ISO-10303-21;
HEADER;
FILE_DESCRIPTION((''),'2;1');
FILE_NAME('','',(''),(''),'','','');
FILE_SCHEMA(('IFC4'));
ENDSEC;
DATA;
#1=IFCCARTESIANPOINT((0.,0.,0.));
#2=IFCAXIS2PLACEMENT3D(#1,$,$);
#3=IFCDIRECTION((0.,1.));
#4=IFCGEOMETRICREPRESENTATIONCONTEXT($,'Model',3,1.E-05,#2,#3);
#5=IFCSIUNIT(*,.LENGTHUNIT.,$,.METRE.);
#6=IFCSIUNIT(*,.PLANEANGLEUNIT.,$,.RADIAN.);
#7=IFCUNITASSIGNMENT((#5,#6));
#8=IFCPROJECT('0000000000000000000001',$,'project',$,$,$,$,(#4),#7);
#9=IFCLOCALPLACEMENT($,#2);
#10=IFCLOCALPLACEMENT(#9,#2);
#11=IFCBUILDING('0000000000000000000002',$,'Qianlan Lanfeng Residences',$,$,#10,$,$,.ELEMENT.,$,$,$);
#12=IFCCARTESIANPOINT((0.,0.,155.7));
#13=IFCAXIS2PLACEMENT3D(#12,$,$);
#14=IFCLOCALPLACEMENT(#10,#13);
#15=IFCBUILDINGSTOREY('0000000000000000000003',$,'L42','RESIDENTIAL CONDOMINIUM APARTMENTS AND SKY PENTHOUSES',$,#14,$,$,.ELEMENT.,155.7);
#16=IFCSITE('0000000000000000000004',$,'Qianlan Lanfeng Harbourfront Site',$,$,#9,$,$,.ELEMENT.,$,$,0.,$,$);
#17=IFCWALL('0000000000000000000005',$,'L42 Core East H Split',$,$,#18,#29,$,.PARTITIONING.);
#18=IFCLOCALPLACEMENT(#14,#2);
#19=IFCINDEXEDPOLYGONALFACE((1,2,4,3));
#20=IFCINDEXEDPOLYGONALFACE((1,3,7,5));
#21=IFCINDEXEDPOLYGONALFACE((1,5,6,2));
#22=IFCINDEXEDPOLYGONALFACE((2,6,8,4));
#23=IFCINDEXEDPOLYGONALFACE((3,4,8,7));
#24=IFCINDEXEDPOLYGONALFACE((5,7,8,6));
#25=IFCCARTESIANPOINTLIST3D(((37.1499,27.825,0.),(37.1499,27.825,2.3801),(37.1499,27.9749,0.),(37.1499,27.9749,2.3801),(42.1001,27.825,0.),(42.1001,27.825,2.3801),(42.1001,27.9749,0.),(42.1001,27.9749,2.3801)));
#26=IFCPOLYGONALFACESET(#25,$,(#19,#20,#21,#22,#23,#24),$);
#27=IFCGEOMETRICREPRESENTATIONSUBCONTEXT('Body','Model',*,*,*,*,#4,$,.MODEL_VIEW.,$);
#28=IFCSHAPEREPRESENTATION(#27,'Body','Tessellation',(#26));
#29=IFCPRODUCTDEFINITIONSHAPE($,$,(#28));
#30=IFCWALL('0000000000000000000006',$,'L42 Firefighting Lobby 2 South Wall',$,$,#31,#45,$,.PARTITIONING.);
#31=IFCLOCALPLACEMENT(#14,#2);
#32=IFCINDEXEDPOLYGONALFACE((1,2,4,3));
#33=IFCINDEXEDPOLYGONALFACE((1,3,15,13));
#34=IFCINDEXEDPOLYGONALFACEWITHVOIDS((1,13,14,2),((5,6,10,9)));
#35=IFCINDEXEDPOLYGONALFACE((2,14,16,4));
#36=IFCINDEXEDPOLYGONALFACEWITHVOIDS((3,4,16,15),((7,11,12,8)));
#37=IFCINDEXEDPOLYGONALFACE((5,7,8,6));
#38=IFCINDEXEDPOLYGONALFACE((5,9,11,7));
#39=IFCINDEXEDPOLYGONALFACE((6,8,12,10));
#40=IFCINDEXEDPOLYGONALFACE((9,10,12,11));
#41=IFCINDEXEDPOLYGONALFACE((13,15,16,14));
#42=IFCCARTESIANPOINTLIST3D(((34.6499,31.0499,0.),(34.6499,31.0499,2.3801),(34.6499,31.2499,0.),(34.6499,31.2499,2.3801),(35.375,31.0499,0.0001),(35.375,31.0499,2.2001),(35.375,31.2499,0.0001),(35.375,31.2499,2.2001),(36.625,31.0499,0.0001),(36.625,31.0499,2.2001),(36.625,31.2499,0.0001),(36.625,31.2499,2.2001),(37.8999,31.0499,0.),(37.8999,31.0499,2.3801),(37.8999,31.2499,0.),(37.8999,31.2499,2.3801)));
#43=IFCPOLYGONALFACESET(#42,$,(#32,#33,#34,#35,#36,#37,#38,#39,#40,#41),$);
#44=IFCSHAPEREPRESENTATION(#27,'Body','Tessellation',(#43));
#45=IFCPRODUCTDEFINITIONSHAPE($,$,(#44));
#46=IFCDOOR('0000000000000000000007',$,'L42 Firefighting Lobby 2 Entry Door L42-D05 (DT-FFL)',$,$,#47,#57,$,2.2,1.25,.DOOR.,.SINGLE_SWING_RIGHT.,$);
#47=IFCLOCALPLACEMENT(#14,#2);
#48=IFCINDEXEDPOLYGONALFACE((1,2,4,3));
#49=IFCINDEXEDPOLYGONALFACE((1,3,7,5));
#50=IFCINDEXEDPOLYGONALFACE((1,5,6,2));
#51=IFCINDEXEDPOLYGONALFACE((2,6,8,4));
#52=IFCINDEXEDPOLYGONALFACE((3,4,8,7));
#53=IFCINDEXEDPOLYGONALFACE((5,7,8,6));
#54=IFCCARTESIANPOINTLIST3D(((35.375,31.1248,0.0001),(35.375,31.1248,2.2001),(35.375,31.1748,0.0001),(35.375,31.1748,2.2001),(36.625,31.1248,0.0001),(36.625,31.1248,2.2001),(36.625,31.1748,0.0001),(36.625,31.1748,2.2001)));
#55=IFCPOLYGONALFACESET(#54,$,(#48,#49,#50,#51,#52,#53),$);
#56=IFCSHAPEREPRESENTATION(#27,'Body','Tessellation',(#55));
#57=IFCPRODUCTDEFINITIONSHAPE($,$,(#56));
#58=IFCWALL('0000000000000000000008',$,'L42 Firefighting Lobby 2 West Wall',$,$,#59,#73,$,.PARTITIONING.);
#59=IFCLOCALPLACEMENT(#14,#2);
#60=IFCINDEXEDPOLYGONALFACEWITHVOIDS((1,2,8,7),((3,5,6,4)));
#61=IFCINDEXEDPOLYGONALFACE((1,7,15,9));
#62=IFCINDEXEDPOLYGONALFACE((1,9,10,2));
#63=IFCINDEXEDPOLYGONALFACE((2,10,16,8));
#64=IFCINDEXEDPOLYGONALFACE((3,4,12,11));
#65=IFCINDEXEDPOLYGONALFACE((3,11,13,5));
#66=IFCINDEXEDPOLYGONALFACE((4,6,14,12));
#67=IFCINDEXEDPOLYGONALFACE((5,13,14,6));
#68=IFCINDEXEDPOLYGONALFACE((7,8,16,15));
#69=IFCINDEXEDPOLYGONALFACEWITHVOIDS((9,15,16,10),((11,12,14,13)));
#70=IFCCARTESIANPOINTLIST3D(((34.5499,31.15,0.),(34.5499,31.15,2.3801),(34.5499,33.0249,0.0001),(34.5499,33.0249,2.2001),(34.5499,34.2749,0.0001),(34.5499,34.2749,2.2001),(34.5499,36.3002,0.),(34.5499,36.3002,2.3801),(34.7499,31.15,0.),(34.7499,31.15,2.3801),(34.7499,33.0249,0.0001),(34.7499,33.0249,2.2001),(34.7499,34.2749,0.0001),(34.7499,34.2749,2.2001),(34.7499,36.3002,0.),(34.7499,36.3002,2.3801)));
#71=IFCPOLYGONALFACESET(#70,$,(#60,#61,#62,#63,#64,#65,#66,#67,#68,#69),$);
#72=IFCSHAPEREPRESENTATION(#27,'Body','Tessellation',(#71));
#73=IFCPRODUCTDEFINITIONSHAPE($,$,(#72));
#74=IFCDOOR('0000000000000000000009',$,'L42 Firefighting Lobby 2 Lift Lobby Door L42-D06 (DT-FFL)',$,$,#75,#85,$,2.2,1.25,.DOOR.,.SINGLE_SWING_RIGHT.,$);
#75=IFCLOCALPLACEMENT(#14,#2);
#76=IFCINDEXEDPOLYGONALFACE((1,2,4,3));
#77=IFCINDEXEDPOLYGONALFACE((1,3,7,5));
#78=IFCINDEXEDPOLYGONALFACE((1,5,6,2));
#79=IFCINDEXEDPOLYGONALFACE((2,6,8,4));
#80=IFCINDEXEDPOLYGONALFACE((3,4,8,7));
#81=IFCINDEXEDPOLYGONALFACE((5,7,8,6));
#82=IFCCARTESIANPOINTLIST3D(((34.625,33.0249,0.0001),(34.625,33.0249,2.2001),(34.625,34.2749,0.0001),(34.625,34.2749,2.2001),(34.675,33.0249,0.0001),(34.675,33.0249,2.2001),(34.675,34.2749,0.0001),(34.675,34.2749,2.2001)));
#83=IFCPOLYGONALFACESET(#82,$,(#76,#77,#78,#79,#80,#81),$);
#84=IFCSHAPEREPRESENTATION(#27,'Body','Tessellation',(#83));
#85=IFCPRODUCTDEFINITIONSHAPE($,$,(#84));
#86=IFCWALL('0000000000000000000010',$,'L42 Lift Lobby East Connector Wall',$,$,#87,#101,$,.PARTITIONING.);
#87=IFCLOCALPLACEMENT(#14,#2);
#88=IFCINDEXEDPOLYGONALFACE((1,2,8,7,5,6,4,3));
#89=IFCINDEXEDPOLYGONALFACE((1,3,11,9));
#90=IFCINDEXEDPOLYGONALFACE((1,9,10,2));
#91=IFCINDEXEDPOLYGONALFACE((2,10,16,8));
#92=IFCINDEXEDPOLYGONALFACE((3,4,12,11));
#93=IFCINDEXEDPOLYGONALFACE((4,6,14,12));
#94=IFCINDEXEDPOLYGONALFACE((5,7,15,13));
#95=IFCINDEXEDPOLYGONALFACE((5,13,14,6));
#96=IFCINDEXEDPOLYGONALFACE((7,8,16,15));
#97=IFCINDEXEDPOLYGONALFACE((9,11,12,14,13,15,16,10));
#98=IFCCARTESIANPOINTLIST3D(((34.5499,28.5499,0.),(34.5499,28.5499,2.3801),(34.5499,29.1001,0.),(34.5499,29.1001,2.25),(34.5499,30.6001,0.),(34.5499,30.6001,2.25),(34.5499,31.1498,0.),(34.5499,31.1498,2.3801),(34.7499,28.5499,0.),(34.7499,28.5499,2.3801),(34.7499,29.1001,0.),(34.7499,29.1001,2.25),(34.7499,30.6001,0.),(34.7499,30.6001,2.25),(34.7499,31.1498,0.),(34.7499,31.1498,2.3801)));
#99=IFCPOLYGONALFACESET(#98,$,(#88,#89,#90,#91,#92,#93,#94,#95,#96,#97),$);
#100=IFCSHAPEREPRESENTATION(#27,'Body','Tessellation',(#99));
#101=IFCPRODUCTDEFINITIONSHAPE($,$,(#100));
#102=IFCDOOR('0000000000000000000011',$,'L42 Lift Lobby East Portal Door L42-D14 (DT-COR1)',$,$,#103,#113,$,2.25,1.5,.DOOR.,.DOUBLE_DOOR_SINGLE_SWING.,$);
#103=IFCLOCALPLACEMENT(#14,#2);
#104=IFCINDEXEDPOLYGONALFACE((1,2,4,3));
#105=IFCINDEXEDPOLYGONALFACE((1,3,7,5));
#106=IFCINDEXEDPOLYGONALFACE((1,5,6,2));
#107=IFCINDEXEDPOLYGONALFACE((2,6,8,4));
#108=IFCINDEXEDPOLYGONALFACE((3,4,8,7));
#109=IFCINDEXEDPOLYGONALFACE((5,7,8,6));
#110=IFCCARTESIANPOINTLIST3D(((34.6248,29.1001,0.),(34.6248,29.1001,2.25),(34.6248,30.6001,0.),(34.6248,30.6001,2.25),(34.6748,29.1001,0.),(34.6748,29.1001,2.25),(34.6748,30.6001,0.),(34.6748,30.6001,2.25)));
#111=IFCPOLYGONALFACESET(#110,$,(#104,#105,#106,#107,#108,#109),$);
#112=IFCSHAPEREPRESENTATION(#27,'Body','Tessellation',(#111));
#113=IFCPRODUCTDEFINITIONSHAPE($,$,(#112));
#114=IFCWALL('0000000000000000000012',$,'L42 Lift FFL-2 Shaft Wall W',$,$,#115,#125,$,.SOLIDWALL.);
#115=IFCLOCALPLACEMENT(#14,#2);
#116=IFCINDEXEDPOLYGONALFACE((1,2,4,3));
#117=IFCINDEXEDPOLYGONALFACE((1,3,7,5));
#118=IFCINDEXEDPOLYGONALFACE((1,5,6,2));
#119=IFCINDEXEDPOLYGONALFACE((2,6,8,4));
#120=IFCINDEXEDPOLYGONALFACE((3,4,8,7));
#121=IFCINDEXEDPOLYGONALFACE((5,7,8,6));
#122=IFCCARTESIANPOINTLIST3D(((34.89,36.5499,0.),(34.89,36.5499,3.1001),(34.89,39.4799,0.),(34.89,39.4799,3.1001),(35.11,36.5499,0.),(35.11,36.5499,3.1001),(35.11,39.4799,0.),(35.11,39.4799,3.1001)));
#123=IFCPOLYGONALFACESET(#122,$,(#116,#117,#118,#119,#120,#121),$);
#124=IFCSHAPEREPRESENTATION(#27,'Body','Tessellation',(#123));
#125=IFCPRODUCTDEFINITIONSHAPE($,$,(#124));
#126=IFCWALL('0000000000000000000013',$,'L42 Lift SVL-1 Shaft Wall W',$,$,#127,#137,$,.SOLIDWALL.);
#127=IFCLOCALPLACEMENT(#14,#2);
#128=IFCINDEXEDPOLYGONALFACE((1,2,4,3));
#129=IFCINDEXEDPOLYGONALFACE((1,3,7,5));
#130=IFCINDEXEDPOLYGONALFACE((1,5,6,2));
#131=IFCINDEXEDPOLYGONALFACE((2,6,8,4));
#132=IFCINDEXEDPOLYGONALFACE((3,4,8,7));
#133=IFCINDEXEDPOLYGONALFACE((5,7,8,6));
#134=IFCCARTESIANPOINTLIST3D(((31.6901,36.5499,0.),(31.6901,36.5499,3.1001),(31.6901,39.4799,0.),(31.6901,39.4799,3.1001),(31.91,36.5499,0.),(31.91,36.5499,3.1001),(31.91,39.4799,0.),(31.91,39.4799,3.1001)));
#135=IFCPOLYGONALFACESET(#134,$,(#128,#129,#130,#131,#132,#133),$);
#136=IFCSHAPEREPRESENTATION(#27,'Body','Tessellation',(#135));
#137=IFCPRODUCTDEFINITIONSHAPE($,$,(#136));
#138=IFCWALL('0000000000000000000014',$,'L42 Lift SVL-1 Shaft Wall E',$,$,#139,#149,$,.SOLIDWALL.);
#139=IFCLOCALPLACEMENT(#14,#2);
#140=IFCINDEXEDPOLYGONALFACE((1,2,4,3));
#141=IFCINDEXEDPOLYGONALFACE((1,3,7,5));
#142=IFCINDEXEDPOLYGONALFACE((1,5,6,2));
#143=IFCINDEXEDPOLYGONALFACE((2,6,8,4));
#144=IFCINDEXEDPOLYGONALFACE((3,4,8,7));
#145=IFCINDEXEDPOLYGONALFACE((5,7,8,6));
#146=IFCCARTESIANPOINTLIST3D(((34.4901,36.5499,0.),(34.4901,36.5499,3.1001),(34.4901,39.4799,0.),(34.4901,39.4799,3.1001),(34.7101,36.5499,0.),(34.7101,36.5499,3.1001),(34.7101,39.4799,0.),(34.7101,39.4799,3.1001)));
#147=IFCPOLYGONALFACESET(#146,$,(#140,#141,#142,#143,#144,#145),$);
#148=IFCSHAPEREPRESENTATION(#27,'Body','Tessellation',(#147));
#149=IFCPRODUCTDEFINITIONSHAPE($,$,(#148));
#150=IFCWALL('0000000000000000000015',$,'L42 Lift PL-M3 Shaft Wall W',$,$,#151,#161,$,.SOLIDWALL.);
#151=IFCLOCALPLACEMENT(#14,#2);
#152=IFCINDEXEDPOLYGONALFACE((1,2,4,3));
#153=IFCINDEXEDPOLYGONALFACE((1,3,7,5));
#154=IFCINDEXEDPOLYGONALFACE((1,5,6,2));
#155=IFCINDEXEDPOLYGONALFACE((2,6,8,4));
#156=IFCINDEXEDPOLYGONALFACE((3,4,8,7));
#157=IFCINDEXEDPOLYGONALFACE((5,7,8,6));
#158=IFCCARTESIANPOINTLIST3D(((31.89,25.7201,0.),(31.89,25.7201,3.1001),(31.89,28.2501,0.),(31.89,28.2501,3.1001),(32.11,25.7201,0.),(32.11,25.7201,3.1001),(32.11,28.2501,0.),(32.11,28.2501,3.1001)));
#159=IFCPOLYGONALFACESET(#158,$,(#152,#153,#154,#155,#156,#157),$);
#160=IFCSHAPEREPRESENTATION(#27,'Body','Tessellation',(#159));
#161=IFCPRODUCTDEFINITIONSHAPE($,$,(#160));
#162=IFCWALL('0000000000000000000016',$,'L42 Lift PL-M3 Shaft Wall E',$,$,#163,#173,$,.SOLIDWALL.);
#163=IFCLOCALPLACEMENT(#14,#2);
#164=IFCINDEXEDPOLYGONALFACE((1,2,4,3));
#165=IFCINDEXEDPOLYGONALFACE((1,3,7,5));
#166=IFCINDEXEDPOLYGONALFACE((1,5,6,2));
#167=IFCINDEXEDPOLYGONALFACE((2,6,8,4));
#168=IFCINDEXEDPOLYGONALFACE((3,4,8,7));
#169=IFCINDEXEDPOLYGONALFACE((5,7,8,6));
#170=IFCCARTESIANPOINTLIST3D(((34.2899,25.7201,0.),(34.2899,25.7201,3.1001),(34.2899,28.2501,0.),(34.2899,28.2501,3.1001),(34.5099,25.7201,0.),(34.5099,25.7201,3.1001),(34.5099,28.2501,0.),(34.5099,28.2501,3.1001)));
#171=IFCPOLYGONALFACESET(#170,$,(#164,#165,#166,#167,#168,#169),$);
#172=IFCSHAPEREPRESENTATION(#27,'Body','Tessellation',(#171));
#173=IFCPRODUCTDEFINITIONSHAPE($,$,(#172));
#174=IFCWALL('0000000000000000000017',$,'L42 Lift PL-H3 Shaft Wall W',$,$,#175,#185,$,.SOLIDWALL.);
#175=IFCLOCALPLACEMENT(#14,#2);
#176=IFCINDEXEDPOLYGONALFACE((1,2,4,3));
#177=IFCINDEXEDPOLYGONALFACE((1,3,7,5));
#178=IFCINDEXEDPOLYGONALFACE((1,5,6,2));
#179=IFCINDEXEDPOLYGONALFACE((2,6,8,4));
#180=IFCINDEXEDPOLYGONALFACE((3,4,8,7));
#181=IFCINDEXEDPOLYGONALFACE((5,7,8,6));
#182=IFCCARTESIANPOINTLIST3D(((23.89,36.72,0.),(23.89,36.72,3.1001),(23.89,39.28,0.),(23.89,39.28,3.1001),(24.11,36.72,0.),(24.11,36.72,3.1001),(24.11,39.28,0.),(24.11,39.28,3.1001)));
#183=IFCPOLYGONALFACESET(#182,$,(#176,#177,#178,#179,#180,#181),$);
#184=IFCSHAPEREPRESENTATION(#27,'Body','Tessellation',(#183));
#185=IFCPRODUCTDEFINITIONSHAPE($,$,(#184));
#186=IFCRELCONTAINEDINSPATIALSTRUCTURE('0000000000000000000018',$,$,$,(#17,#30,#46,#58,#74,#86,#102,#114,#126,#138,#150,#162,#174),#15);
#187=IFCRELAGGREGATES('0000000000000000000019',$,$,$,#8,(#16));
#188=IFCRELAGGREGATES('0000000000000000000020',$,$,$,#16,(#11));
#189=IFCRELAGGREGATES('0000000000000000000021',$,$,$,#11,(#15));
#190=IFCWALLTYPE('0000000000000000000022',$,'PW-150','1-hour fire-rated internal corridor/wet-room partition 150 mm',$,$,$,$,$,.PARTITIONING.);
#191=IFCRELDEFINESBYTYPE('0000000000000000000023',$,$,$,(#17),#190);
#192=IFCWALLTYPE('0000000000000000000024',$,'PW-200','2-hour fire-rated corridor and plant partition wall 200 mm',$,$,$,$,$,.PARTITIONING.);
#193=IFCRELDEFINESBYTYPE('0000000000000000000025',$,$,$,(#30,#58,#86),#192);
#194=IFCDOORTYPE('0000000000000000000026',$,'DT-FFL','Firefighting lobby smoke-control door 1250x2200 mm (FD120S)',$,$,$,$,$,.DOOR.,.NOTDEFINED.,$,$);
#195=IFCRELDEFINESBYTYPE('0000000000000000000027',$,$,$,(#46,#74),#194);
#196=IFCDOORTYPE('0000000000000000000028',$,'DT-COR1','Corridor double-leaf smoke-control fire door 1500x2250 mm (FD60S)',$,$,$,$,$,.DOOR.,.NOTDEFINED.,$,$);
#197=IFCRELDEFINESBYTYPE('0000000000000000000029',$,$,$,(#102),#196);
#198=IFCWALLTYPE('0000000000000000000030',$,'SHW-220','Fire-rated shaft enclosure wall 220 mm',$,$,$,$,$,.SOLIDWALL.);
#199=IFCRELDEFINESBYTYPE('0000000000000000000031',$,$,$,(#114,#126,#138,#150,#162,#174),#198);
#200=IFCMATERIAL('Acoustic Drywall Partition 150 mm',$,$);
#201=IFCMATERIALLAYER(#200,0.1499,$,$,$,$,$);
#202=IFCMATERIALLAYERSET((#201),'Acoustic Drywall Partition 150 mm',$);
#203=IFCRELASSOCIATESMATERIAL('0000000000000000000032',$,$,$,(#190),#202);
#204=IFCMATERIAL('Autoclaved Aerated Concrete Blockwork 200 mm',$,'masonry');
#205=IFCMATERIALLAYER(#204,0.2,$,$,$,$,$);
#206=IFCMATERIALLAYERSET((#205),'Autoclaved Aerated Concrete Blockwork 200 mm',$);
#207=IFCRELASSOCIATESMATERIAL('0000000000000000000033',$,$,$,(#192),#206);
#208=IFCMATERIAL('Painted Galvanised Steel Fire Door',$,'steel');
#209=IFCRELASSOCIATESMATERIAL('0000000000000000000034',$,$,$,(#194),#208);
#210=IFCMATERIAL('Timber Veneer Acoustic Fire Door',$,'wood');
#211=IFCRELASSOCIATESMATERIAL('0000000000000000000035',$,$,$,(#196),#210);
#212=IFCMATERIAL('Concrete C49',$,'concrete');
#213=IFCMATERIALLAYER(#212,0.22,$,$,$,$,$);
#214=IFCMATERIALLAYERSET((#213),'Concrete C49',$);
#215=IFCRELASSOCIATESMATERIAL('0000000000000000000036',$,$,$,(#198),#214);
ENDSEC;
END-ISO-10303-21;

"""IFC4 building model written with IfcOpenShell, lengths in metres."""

from ifc_helpers import new_model, si_unit, direction, frame, frame_2d, origin, place, context, subcontext, project, spatial, rectangle, extrude, material, layer, layer_set, type_object, element, fill, save


model = new_model("IFC4")

# Units and contexts
model_context = context("Model", 3, precision=1e-05, world=origin(), true_north=direction((0.0, 1.0)))
body_context = subcontext(model_context, "Body", "Model", "MODEL_VIEW")
ifc_project = project(units=[si_unit("LENGTHUNIT", "METRE"), si_unit("PLANEANGLEUNIT", "RADIAN")], contexts=[model_context])

# Site, building, storey
site_placement = place(None, origin())
site = spatial("IfcSite", under=ifc_project, at=site_placement, Name="Qianlan Lanfeng Harbourfront Site", CompositionType="ELEMENT", RefElevation=0.0)
building_placement = place(site_placement, origin())
building = spatial("IfcBuilding", under=site, at=building_placement, Name="Qianlan Lanfeng Residences", CompositionType="ELEMENT")
storey_placement = place(building_placement, frame((0.0, 0.0, 155.7)))
storey = spatial("IfcBuildingStorey", under=building, at=storey_placement, Name="L42", Description="RESIDENTIAL CONDOMINIUM APARTMENTS AND SKY PENTHOUSES", CompositionType="ELEMENT", Elevation=155.7)

# Wall
ifc_material_1 = material(Name="Acoustic Drywall Partition 150 mm")
ifc_layer_1 = layer(ifc_material_1, 0.1499)
ifc_layer_set_1 = layer_set([ifc_layer_1], Name="Acoustic Drywall Partition 150 mm")
wall_type_1 = type_object("IfcWallType", Name="PW-150", Description="1-hour fire-rated internal corridor/wet-room partition 150 mm", PredefinedType="PARTITIONING", material=ifc_layer_set_1)
wall_1_placement = place(storey_placement, frame((37.1499, 27.8999, 0.0), z_axis=(0.0, 0.0, 1.0), x_axis=(1.0, 0.0, 0.0)))
element("IfcWall", 1, at=wall_1_placement, inside=storey, type_object=wall_type_1, Name="L42 Core East H Split", PredefinedType="PARTITIONING", context=body_context, shape_type="SweptSolid", body=[
    extrude(rectangle(XDim=4.9502, YDim=0.1499, at=frame_2d((2.4751, 0.0))), origin(), (0.0, 0.0, 1.0), 2.3801),
])

# Walls, openings, doors
ifc_material_2 = material(Name="Autoclaved Aerated Concrete Blockwork 200 mm", Category="masonry")
ifc_layer_2 = layer(ifc_material_2, 0.2)
ifc_layer_set_2 = layer_set([ifc_layer_2], Name="Autoclaved Aerated Concrete Blockwork 200 mm")
wall_type_2 = type_object("IfcWallType", Name="PW-200", Description="2-hour fire-rated corridor and plant partition wall 200 mm", PredefinedType="PARTITIONING", material=ifc_layer_set_2)
wall_2_placement = place(storey_placement, frame((34.6499, 31.1499, 0.0), z_axis=(0.0, 0.0, 1.0), x_axis=(1.0, 0.0, 0.0)))
wall_2 = element("IfcWall", 2, at=wall_2_placement, inside=storey, type_object=wall_type_2, Name="L42 Firefighting Lobby 2 South Wall", PredefinedType="PARTITIONING", context=body_context, shape_type="SweptSolid", body=[
    extrude(rectangle(XDim=3.25, YDim=0.2, at=frame_2d((1.625, 0.0))), origin(), (0.0, 0.0, 1.0), 2.3801),
])
opening_1_placement = place(wall_2_placement, frame((0.7251, 0.0, 0.0)))
opening_1 = element("IfcOpeningElement", 3, at=opening_1_placement, cuts=wall_2, PredefinedType="OPENING", context=body_context, shape_type="SweptSolid", body=[
    extrude(rectangle(XDim=1.25, YDim=2.2, at=frame_2d((0.625, 1.1001))), frame((0.0, 0.1099, 0.0), z_axis=(0.0, -1.0, 0.0), x_axis=(1.0, 0.0, 0.0)), (0.0, 0.0, 1.0), 0.22),
])
ifc_material_3 = material(Name="Painted Galvanised Steel Fire Door", Category="steel")
door_type_1 = type_object("IfcDoorType", Name="DT-FFL", Description="Firefighting lobby smoke-control door 1250x2200 mm (FD120S)", OperationType="NOTDEFINED", PredefinedType="DOOR", material=ifc_material_3)
door_1_placement = place(opening_1_placement, origin())
door_1 = element("IfcDoor", 4, at=door_1_placement, inside=storey, type_object=door_type_1, Name="L42 Firefighting Lobby 2 Entry Door L42-D05 (DT-FFL)", OperationType="SINGLE_SWING_RIGHT", OverallHeight=2.2, OverallWidth=1.25, PredefinedType="DOOR", context=body_context, shape_type="SweptSolid", body=[
    extrude(rectangle(XDim=1.25, YDim=2.2, at=frame_2d((0.625, 1.1001))), frame((0.0, 0.0249, 0.0), z_axis=(0.0, -1.0, 0.0), x_axis=(1.0, 0.0, 0.0)), (0.0, 0.0, 1.0), 0.05),
])
fill(opening_1, door_1)
wall_3_placement = place(storey_placement, frame((34.6499, 31.1499, 0.0), z_axis=(0.0, 0.0, 1.0), x_axis=(0.0, 1.0, 0.0)))
wall_3 = element("IfcWall", 5, at=wall_3_placement, inside=storey, type_object=wall_type_2, Name="L42 Firefighting Lobby 2 West Wall", PredefinedType="PARTITIONING", context=body_context, shape_type="SweptSolid", body=[
    extrude(rectangle(XDim=5.1501, YDim=0.2, at=frame_2d((2.5752, 0.0))), origin(), (0.0, 0.0, 1.0), 2.3801),
])
opening_2_placement = place(wall_3_placement, frame((1.875, 0.0, 0.0)))
opening_2 = element("IfcOpeningElement", 6, at=opening_2_placement, cuts=wall_3, PredefinedType="OPENING", context=body_context, shape_type="SweptSolid", body=[
    extrude(rectangle(XDim=1.25, YDim=2.2, at=frame_2d((0.625, 1.1001))), frame((0.0, 0.1099, 0.0), z_axis=(0.0, -1.0, 0.0), x_axis=(1.0, 0.0, 0.0)), (0.0, 0.0, 1.0), 0.22),
])
door_2_placement = place(opening_2_placement, origin())
door_2 = element("IfcDoor", 7, at=door_2_placement, inside=storey, type_object=door_type_1, Name="L42 Firefighting Lobby 2 Lift Lobby Door L42-D06 (DT-FFL)", OperationType="SINGLE_SWING_RIGHT", OverallHeight=2.2, OverallWidth=1.25, PredefinedType="DOOR", context=body_context, shape_type="SweptSolid", body=[
    extrude(rectangle(XDim=1.25, YDim=2.2, at=frame_2d((0.625, 1.1001))), frame((0.0, 0.0249, 0.0), z_axis=(0.0, -1.0, 0.0), x_axis=(1.0, 0.0, 0.0)), (0.0, 0.0, 1.0), 0.05),
])
fill(opening_2, door_2)
wall_4_placement = place(storey_placement, frame((34.6499, 28.55, 0.0), z_axis=(0.0, 0.0, 1.0), x_axis=(0.0, 1.0, 0.0)))
wall_4 = element("IfcWall", 8, at=wall_4_placement, inside=storey, type_object=wall_type_2, Name="L42 Lift Lobby East Connector Wall", PredefinedType="PARTITIONING", context=body_context, shape_type="SweptSolid", body=[
    extrude(rectangle(XDim=2.5999, YDim=0.2, at=frame_2d((1.2998, 0.0))), origin(), (0.0, 0.0, 1.0), 2.3801),
])
opening_3_placement = place(wall_4_placement, frame((0.55, 0.0, 0.0)))
opening_3 = element("IfcOpeningElement", 9, at=opening_3_placement, cuts=wall_4, PredefinedType="OPENING", context=body_context, shape_type="SweptSolid", body=[
    extrude(rectangle(XDim=1.5, YDim=2.25, at=frame_2d((0.75, 1.125))), frame((0.0, 0.1099, 0.0), z_axis=(0.0, -1.0, 0.0), x_axis=(1.0, 0.0, 0.0)), (0.0, 0.0, 1.0), 0.22),
])
ifc_material_4 = material(Name="Timber Veneer Acoustic Fire Door", Category="wood")
door_type_2 = type_object("IfcDoorType", Name="DT-COR1", Description="Corridor double-leaf smoke-control fire door 1500x2250 mm (FD60S)", OperationType="NOTDEFINED", PredefinedType="DOOR", material=ifc_material_4)
door_3_placement = place(opening_3_placement, frame((1.5, 0.0, 0.0), z_axis=(0.0, 0.0, 1.0), x_axis=(-1.0, 0.0, 0.0)))
door_3 = element("IfcDoor", 10, at=door_3_placement, inside=storey, type_object=door_type_2, Name="L42 Lift Lobby East Portal Door L42-D14 (DT-COR1)", OperationType="DOUBLE_DOOR_SINGLE_SWING", OverallHeight=2.25, OverallWidth=1.5, PredefinedType="DOOR", context=body_context, shape_type="SweptSolid", body=[
    extrude(rectangle(XDim=1.5, YDim=2.25, at=frame_2d((0.75, 1.125))), frame((0.0, 0.0249, 0.0), z_axis=(0.0, -1.0, 0.0), x_axis=(1.0, 0.0, 0.0)), (0.0, 0.0, 1.0), 0.05),
])
fill(opening_3, door_3)

# Walls
ifc_material_5 = material(Name="Concrete C49", Category="concrete")
ifc_layer_3 = layer(ifc_material_5, 0.22)
ifc_layer_set_3 = layer_set([ifc_layer_3], Name="Concrete C49")
wall_type_3 = type_object("IfcWallType", Name="SHW-220", Description="Fire-rated shaft enclosure wall 220 mm", PredefinedType="SOLIDWALL", material=ifc_layer_set_3)
for number, where, z_axis, x_axis, name in (
    (11, (35.0, 36.55, 0.0), (0.0, 0.0, 1.0), (0.0, 1.0, 0.0), "L42 Lift FFL-2 Shaft Wall W"),
    (12, (31.8, 36.55, 0.0), (0.0, 0.0, 1.0), (0.0, 1.0, 0.0), "L42 Lift SVL-1 Shaft Wall W"),
    (13, (34.6001, 36.55, 0.0), (0.0, 0.0, 1.0), (0.0, 1.0, 0.0), "L42 Lift SVL-1 Shaft Wall E"),
):
    element("IfcWall", number, at=place(storey_placement, frame(where, z_axis=z_axis, x_axis=x_axis)), inside=storey, type_object=wall_type_3, Name=name, PredefinedType="SOLIDWALL", context=body_context, shape_type="SweptSolid", body=[
        extrude(rectangle(XDim=2.9299, YDim=0.22, at=frame_2d((1.4648, 0.0))), origin(), (0.0, 0.0, 1.0), 3.1001),
    ])
for number, where, z_axis, x_axis, name in (
    (14, (32.0, 25.72, 0.0), (0.0, 0.0, 1.0), (0.0, 1.0, 0.0), "L42 Lift PL-M3 Shaft Wall W"),
    (15, (34.3999, 25.72, 0.0), (0.0, 0.0, 1.0), (0.0, 1.0, 0.0), "L42 Lift PL-M3 Shaft Wall E"),
):
    element("IfcWall", number, at=place(storey_placement, frame(where, z_axis=z_axis, x_axis=x_axis)), inside=storey, type_object=wall_type_3, Name=name, PredefinedType="SOLIDWALL", context=body_context, shape_type="SweptSolid", body=[
        extrude(rectangle(XDim=2.53, YDim=0.22, at=frame_2d((1.2651, 0.0))), origin(), (0.0, 0.0, 1.0), 3.1001),
    ])
for number, where, z_axis, x_axis, name in (
    (16, (24.0, 36.72, 0.0), (0.0, 0.0, 1.0), (0.0, 1.0, 0.0), "L42 Lift PL-H3 Shaft Wall W"),
):
    element("IfcWall", number, at=place(storey_placement, frame(where, z_axis=z_axis, x_axis=x_axis)), inside=storey, type_object=wall_type_3, Name=name, PredefinedType="SOLIDWALL", context=body_context, shape_type="SweptSolid", body=[
        extrude(rectangle(XDim=2.5601, YDim=0.22, at=frame_2d((1.28, 0.0))), origin(), (0.0, 0.0, 1.0), 3.1001),
    ])

save(model, "model.ifc")
